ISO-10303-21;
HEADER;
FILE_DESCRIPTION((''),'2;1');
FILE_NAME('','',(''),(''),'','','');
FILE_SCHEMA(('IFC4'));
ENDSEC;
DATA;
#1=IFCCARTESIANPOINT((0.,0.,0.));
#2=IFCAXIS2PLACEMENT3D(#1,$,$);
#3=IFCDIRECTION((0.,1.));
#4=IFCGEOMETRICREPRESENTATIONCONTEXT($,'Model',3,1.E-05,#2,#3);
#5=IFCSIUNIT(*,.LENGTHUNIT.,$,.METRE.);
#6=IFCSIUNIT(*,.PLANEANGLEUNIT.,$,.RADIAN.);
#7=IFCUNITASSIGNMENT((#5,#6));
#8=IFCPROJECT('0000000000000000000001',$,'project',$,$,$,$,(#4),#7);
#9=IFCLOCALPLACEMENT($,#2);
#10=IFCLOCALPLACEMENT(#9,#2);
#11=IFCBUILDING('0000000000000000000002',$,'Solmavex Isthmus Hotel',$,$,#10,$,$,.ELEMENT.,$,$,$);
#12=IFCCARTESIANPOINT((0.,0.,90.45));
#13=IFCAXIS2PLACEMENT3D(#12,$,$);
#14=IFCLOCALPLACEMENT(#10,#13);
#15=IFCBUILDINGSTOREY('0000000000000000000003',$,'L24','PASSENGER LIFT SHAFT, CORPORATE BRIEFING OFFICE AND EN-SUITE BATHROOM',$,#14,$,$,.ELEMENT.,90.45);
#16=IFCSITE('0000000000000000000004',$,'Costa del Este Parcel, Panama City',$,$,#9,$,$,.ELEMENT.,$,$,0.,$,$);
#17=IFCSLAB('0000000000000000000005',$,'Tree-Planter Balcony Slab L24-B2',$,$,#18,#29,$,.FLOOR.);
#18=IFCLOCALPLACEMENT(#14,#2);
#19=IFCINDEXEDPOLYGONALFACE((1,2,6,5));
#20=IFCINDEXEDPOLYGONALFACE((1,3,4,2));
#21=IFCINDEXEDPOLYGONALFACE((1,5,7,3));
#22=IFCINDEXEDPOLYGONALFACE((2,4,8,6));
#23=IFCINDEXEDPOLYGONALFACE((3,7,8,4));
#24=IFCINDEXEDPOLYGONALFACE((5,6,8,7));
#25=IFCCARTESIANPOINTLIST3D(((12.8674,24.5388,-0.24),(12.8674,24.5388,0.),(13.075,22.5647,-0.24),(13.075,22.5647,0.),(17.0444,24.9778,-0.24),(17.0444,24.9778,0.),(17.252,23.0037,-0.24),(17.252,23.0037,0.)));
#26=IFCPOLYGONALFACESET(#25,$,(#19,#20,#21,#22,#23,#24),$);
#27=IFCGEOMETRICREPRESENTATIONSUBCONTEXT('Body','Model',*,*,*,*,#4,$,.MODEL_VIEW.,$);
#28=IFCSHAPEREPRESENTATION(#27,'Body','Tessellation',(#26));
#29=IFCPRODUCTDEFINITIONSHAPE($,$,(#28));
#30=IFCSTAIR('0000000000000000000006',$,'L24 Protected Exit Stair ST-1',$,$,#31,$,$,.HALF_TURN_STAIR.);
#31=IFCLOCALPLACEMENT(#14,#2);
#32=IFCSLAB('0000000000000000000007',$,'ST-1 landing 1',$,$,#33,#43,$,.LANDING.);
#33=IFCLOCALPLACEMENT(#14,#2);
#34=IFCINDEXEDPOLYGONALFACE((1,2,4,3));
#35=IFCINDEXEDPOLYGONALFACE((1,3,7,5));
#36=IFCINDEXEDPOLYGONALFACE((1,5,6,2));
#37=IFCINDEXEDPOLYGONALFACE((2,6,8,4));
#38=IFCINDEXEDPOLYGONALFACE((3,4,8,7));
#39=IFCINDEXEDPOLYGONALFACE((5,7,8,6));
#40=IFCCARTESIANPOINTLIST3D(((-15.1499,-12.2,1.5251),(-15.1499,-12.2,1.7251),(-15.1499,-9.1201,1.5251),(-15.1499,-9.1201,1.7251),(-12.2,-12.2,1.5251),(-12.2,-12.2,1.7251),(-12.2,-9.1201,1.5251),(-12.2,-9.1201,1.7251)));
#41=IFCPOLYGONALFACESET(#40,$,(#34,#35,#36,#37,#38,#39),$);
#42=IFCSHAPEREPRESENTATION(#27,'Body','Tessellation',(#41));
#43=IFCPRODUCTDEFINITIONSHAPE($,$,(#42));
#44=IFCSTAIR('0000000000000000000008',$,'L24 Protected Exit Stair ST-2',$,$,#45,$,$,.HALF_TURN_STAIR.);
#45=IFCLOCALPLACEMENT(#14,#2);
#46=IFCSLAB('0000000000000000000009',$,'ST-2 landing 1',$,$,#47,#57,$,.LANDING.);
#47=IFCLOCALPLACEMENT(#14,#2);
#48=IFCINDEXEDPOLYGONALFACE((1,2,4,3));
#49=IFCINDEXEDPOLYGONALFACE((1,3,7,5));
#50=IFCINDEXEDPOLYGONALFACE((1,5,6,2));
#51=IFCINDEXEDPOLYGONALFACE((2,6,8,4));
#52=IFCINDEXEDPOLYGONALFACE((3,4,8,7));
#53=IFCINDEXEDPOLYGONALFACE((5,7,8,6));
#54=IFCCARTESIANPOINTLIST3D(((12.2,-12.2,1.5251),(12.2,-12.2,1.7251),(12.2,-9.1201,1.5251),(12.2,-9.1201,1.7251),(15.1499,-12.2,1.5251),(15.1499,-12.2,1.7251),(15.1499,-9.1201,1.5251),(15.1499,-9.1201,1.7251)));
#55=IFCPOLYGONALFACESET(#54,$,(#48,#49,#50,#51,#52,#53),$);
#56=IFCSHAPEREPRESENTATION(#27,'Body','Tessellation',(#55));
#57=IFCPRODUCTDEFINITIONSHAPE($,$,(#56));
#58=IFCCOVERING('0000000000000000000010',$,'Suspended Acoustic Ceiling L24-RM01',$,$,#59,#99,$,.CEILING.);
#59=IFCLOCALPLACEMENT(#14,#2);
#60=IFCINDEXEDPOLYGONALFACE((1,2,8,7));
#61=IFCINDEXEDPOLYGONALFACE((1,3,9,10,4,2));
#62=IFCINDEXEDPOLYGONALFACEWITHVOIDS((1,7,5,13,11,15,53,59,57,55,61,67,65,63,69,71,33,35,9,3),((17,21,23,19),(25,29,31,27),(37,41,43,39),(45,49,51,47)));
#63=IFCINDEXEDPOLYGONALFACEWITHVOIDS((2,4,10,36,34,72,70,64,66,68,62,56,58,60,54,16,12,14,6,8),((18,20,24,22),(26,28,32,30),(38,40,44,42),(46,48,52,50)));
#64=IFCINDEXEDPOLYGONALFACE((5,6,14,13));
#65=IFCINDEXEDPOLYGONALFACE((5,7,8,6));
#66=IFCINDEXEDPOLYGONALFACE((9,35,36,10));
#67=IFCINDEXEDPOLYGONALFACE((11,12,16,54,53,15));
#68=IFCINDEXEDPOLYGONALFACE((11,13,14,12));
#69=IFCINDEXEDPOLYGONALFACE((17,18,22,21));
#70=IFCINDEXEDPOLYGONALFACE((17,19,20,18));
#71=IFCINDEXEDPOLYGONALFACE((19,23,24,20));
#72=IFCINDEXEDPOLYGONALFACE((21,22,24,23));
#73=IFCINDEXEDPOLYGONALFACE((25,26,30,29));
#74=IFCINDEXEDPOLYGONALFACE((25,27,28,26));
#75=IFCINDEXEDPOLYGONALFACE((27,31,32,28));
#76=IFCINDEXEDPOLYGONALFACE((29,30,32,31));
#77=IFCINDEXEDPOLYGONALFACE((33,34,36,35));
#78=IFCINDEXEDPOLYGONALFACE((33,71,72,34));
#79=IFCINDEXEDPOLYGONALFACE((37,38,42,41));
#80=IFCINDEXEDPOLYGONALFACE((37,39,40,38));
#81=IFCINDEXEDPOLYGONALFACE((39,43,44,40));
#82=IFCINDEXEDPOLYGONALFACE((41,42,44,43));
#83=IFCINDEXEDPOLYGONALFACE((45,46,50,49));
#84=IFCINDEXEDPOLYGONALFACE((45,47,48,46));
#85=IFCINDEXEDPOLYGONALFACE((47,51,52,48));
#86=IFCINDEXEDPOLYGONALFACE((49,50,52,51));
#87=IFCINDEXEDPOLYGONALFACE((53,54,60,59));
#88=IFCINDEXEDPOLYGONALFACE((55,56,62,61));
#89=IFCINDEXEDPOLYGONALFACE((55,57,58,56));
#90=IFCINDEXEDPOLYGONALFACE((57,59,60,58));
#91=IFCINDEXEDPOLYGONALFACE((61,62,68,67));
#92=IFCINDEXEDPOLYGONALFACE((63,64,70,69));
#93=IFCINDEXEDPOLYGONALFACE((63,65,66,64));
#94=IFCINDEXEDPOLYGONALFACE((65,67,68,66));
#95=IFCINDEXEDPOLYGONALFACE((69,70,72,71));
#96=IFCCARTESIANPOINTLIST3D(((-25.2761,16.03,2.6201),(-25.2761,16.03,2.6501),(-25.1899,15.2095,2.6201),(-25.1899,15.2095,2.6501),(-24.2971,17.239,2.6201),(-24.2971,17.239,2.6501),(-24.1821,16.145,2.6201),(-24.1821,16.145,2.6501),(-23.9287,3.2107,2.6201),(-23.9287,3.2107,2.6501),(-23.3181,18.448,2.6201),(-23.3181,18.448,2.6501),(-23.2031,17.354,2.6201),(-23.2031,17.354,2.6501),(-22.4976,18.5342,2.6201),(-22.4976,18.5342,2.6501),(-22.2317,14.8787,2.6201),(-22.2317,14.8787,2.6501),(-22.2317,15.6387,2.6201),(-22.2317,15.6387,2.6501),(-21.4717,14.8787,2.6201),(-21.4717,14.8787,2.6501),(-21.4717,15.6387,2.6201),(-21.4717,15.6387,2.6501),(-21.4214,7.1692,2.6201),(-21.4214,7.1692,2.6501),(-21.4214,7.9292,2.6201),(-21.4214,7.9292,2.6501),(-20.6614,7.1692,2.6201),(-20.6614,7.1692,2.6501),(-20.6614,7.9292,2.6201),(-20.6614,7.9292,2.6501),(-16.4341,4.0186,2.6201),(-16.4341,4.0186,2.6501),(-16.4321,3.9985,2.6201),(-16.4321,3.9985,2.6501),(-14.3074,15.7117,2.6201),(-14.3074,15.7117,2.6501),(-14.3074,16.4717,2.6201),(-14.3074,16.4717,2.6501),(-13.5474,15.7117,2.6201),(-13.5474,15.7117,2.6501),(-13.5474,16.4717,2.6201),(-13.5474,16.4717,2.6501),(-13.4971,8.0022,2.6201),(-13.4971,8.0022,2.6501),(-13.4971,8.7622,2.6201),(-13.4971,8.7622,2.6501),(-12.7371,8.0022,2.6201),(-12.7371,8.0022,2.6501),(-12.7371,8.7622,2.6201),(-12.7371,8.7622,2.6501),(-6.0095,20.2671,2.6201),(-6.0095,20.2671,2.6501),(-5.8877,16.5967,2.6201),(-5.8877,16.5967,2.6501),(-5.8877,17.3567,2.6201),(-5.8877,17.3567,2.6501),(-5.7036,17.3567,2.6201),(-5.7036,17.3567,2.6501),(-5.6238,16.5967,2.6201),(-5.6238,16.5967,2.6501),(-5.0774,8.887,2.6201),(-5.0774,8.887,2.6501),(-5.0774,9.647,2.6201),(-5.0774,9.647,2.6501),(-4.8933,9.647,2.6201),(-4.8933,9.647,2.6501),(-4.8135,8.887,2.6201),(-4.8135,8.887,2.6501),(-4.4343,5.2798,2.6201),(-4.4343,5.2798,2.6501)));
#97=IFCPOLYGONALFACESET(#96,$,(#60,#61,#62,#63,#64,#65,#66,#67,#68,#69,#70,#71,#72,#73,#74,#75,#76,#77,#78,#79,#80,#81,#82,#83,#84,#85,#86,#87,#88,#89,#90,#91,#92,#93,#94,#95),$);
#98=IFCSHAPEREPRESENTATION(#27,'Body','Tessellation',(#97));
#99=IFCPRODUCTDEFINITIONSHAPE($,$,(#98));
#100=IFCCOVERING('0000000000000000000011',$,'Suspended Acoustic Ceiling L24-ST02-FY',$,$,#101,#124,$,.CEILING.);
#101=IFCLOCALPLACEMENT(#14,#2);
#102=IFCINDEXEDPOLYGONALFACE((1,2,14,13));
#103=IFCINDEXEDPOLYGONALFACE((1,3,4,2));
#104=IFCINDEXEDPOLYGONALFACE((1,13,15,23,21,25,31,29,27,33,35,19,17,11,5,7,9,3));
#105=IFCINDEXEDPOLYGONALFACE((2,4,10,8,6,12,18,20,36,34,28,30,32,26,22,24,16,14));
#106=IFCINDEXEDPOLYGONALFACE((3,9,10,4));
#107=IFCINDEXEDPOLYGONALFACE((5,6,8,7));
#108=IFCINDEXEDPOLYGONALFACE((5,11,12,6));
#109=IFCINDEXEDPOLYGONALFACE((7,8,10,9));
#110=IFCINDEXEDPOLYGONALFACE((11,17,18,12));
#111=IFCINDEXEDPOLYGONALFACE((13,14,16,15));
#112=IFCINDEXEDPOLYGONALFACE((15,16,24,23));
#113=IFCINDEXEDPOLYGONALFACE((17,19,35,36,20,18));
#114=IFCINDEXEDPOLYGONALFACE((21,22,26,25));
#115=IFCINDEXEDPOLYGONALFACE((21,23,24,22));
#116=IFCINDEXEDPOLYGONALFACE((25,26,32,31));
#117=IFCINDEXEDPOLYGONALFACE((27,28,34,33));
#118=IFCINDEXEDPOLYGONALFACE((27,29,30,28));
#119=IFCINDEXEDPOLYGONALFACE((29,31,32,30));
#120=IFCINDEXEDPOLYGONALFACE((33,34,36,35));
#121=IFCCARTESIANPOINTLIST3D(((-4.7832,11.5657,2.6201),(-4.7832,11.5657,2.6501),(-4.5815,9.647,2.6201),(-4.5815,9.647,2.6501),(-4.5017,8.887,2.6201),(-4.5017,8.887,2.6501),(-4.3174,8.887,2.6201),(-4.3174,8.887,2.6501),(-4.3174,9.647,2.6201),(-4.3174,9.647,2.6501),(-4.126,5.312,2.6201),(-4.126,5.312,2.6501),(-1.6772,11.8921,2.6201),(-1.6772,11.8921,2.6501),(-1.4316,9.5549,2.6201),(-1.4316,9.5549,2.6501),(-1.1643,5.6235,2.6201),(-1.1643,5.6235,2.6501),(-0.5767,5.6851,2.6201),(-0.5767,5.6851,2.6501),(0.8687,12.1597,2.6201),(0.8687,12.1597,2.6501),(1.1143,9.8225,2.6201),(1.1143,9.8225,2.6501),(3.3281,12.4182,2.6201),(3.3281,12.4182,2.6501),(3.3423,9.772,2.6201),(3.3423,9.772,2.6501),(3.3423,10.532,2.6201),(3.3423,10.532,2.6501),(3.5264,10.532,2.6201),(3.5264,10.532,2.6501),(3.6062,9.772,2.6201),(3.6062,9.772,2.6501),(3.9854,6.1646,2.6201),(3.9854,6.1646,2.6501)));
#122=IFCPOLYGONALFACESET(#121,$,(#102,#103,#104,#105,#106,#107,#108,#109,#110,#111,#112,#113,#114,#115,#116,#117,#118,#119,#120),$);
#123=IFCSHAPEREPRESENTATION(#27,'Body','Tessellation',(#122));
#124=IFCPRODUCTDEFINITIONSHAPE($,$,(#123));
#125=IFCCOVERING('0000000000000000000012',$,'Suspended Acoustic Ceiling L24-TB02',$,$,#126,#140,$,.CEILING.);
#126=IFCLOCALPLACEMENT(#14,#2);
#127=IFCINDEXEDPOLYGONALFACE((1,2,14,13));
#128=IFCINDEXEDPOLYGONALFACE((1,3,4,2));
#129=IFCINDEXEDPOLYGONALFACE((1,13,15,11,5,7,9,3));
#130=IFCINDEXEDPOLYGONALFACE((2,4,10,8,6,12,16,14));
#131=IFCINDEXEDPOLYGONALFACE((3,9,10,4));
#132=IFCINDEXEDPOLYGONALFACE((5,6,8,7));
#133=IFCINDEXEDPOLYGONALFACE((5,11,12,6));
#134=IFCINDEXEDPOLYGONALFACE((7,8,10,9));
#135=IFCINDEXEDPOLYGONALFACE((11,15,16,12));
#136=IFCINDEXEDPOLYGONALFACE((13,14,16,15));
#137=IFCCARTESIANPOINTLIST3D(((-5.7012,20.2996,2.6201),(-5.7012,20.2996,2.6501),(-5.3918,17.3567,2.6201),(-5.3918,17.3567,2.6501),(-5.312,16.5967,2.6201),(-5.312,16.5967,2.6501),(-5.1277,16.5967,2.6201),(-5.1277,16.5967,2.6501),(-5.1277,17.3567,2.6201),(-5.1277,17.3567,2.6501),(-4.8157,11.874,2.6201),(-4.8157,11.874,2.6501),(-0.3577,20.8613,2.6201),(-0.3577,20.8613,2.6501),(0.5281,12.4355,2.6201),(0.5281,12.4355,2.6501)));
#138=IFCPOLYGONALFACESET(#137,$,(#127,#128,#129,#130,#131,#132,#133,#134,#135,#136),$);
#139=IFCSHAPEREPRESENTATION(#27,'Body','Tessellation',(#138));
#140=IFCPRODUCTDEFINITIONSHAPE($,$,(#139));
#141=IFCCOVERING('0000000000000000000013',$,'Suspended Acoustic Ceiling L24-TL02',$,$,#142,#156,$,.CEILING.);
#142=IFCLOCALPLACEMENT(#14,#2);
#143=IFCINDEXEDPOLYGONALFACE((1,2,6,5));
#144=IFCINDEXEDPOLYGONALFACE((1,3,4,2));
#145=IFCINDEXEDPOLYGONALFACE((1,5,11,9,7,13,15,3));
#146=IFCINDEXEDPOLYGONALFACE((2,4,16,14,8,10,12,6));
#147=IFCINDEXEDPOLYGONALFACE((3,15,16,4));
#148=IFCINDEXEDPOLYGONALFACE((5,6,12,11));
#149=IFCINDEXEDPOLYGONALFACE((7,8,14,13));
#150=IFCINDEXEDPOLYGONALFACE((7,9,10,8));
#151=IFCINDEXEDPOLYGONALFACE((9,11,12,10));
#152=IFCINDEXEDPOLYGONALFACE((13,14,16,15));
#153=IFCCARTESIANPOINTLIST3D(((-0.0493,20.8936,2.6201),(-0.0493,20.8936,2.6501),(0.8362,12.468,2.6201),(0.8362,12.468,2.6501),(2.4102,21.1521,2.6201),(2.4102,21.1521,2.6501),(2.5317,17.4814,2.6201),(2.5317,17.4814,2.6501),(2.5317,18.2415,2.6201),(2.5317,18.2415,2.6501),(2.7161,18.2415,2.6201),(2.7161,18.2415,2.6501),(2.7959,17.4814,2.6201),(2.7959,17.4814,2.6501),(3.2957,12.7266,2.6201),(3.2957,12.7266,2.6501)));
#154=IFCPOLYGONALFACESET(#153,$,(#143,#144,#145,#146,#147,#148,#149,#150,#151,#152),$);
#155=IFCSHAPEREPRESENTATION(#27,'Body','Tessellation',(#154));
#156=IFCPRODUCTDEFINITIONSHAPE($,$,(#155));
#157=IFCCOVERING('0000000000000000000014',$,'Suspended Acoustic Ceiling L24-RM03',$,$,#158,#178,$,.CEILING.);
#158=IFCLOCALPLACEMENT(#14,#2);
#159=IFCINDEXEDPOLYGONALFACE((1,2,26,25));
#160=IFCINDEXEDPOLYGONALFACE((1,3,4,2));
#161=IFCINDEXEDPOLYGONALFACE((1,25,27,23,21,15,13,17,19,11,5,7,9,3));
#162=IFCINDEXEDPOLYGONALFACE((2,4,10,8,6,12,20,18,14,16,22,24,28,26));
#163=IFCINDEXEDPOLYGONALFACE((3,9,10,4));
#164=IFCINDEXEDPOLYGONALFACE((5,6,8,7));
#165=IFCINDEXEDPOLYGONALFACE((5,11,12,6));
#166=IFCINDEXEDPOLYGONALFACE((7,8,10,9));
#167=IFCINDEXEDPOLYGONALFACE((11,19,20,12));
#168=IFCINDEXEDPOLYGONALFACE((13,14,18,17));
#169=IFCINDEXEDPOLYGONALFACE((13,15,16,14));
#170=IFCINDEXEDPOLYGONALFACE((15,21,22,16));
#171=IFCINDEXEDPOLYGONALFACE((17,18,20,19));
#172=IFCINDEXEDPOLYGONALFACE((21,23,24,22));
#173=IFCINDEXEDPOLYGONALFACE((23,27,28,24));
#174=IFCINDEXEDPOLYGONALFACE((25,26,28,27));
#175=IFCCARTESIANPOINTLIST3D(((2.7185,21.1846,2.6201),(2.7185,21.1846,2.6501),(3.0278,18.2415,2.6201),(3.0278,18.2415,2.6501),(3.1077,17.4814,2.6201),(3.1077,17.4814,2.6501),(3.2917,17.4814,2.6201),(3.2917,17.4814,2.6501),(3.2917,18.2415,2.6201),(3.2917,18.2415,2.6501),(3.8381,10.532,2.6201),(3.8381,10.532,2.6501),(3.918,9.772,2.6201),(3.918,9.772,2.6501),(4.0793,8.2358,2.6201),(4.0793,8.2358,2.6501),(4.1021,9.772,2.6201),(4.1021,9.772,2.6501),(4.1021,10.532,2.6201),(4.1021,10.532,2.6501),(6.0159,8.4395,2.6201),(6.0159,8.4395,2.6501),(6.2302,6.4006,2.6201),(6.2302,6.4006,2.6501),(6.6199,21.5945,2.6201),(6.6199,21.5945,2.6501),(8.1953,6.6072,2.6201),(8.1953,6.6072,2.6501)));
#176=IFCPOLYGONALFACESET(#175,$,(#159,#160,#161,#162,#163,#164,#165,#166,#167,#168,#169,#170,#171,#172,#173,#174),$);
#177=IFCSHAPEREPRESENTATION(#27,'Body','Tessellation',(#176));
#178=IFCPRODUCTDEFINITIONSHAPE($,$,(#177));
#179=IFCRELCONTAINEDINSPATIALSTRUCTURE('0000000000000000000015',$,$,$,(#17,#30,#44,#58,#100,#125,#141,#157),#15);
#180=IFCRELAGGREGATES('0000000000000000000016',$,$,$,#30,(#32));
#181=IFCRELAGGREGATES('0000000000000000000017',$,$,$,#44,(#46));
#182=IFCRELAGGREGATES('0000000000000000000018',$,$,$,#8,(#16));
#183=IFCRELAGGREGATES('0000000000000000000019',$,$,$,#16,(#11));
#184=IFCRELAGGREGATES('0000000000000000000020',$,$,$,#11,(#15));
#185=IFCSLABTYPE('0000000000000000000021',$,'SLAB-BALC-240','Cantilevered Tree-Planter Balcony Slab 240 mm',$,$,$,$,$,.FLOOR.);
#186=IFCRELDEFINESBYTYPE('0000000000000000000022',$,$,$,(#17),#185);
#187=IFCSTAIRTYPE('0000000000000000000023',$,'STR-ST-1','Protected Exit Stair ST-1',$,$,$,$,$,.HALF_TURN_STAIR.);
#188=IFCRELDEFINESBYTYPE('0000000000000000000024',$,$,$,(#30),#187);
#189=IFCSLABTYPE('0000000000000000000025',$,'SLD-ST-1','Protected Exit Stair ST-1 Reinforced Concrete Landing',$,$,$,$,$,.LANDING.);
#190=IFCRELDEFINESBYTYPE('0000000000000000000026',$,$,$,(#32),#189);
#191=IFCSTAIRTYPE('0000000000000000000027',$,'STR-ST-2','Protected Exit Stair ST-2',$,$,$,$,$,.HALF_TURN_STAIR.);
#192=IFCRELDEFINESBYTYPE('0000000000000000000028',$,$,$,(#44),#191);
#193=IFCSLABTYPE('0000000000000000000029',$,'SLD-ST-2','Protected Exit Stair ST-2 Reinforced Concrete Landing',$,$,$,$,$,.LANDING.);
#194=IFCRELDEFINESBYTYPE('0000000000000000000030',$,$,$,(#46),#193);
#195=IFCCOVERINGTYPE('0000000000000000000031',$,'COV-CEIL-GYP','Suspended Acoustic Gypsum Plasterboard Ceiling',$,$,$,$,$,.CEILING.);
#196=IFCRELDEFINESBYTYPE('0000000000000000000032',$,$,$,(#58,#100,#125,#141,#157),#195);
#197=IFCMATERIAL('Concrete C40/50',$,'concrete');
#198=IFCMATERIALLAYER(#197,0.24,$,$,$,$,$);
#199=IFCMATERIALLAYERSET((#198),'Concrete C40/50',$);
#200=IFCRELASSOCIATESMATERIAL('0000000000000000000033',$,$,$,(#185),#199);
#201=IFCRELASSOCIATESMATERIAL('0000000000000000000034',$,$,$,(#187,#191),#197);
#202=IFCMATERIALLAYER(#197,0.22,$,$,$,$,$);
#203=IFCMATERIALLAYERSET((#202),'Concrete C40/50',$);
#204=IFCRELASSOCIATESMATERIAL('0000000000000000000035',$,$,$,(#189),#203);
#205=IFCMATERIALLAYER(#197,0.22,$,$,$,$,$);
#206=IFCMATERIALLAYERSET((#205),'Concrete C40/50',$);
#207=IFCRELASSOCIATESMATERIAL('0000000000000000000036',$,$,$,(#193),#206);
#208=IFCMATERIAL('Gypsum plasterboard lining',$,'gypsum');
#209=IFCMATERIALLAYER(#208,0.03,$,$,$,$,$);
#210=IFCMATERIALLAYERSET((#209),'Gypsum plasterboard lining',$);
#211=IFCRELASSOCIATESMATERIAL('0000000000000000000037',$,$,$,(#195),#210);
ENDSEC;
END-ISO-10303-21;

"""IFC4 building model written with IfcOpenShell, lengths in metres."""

from ifc_helpers import new_model, si_unit, direction, frame, origin, place, context, subcontext, project, spatial, polyline, outline, extrude, material, layer, layer_set, type_object, element, aggregate, save


model = new_model("IFC4")

# Units and contexts
model_context = context("Model", 3, precision=1e-05, world=origin(), true_north=direction((0.0, 1.0)))
body_context = subcontext(model_context, "Body", "Model", "MODEL_VIEW")
ifc_project = project(units=[si_unit("LENGTHUNIT", "METRE"), si_unit("PLANEANGLEUNIT", "RADIAN")], contexts=[model_context])

# Site, building, storey
site_placement = place(None, origin())
site = spatial("IfcSite", under=ifc_project, at=site_placement, Name="Costa del Este Parcel, Panama City", CompositionType="ELEMENT", RefElevation=0.0)
building_placement = place(site_placement, origin())
building = spatial("IfcBuilding", under=site, at=building_placement, Name="Solmavex Isthmus Hotel", CompositionType="ELEMENT")
storey_placement = place(building_placement, frame((0.0, 0.0, 90.45)))
storey = spatial("IfcBuildingStorey", under=building, at=storey_placement, Name="L24", Description="PASSENGER LIFT SHAFT, CORPORATE BRIEFING OFFICE AND EN-SUITE BATHROOM", CompositionType="ELEMENT", Elevation=90.45)

# Slab
ifc_material_1 = material(Name="Concrete C40/50", Category="concrete")
ifc_layer_1 = layer(ifc_material_1, 0.24)
ifc_layer_set_1 = layer_set([ifc_layer_1], Name="Concrete C40/50")
slab_type_1 = type_object("IfcSlabType", Name="SLAB-BALC-240", Description="Cantilevered Tree-Planter Balcony Slab 240 mm", PredefinedType="FLOOR", material=ifc_layer_set_1)
slab_1_placement = place(storey_placement, frame((0.0, 0.0, -0.24)))
element("IfcSlab", 1, at=slab_1_placement, inside=storey, type_object=slab_type_1, Name="Tree-Planter Balcony Slab L24-B2", PredefinedType="FLOOR", context=body_context, shape_type="SweptSolid", body=[
    extrude(outline(polyline([(13.075, 22.5647), (17.252, 23.0037), (17.0444, 24.9778), (12.8674, 24.5388), (13.075, 22.5647)])), origin(), (0.0, 0.0, 1.0), 0.24),
])

# Stairs, slabs
stair_type_1 = type_object("IfcStairType", Name="STR-ST-1", Description="Protected Exit Stair ST-1", PredefinedType="HALF_TURN_STAIR", material=ifc_material_1)
stair_1_placement = place(storey_placement, origin())
stair_1 = element("IfcStair", 2, at=stair_1_placement, inside=storey, type_object=stair_type_1, Name="L24 Protected Exit Stair ST-1", PredefinedType="HALF_TURN_STAIR")
ifc_layer_2 = layer(ifc_material_1, 0.22)
ifc_layer_set_2 = layer_set([ifc_layer_2], Name="Concrete C40/50")
slab_type_2 = type_object("IfcSlabType", Name="SLD-ST-1", Description="Protected Exit Stair ST-1 Reinforced Concrete Landing", PredefinedType="LANDING", material=ifc_layer_set_2)
slab_2_placement = place(storey_placement, frame((0.0, 0.0, 1.5251)))
slab_2 = element("IfcSlab", 3, at=slab_2_placement, type_object=slab_type_2, Name="ST-1 landing 1", PredefinedType="LANDING", context=body_context, shape_type="SweptSolid", body=[
    extrude(outline(polyline([(-15.1499, -9.1201), (-15.1499, -12.2), (-12.2, -12.2), (-12.2, -9.1201), (-15.1499, -9.1201)])), origin(), (0.0, 0.0, 1.0), 0.2),
])
aggregate(stair_1, [slab_2])
stair_type_2 = type_object("IfcStairType", Name="STR-ST-2", Description="Protected Exit Stair ST-2", PredefinedType="HALF_TURN_STAIR", material=ifc_material_1)
stair_2_placement = place(storey_placement, origin())
stair_2 = element("IfcStair", 4, at=stair_2_placement, inside=storey, type_object=stair_type_2, Name="L24 Protected Exit Stair ST-2", PredefinedType="HALF_TURN_STAIR")
ifc_layer_3 = layer(ifc_material_1, 0.22)
ifc_layer_set_3 = layer_set([ifc_layer_3], Name="Concrete C40/50")
slab_type_3 = type_object("IfcSlabType", Name="SLD-ST-2", Description="Protected Exit Stair ST-2 Reinforced Concrete Landing", PredefinedType="LANDING", material=ifc_layer_set_3)
slab_3_placement = place(storey_placement, frame((0.0, 0.0, 1.5251)))
slab_3 = element("IfcSlab", 5, at=slab_3_placement, type_object=slab_type_3, Name="ST-2 landing 1", PredefinedType="LANDING", context=body_context, shape_type="SweptSolid", body=[
    extrude(outline(polyline([(12.2, -9.1201), (12.2, -12.2), (15.1499, -12.2), (15.1499, -9.1201), (12.2, -9.1201)])), origin(), (0.0, 0.0, 1.0), 0.2),
])
aggregate(stair_2, [slab_3])

# Coverings
ifc_material_2 = material(Name="Gypsum plasterboard lining", Category="gypsum")
ifc_layer_4 = layer(ifc_material_2, 0.03)
ifc_layer_set_4 = layer_set([ifc_layer_4], Name="Gypsum plasterboard lining")
covering_type_1 = type_object("IfcCoveringType", Name="COV-CEIL-GYP", Description="Suspended Acoustic Gypsum Plasterboard Ceiling", PredefinedType="CEILING", material=ifc_layer_set_4)
covering_1_placement = place(storey_placement, frame((0.0, 0.0, 2.6201)))
element("IfcCovering", 6, at=covering_1_placement, inside=storey, type_object=covering_type_1, Name="Suspended Acoustic Ceiling L24-RM01", PredefinedType="CEILING", context=body_context, shape_type="SweptSolid", body=[
    extrude(outline(polyline([(-16.4321, 3.9985), (-16.4341, 4.0186), (-4.4343, 5.2798), (-4.8135, 8.887), (-5.0774, 8.887), (-5.0774, 9.647), (-4.8933, 9.647), (-5.6238, 16.5967), (-5.8877, 16.5967), (-5.8877, 17.3567), (-5.7036, 17.3567), (-6.0095, 20.2671), (-22.4976, 18.5342), (-23.3181, 18.448), (-23.2031, 17.354), (-24.2971, 17.239), (-24.1821, 16.145), (-25.2761, 16.03), (-25.1899, 15.2095), (-23.9287, 3.2107), (-16.4321, 3.9985)]), holes=[polyline([(-13.4971, 8.0022), (-13.4971, 8.7622), (-12.7371, 8.7622), (-12.7371, 8.0022), (-13.4971, 8.0022)]), polyline([(-14.3074, 16.4717), (-13.5474, 16.4717), (-13.5474, 15.7117), (-14.3074, 15.7117), (-14.3074, 16.4717)]), polyline([(-21.4214, 7.1692), (-21.4214, 7.9292), (-20.6614, 7.9292), (-20.6614, 7.1692), (-21.4214, 7.1692)]), polyline([(-22.2317, 14.8787), (-22.2317, 15.6387), (-21.4717, 15.6387), (-21.4717, 14.8787), (-22.2317, 14.8787)])]), origin(), (0.0, 0.0, 1.0), 0.03),
])
covering_2_placement = place(storey_placement, frame((0.0, 0.0, 2.6201)))
element("IfcCovering", 7, at=covering_2_placement, inside=storey, type_object=covering_type_1, Name="Suspended Acoustic Ceiling L24-ST02-FY", PredefinedType="CEILING", context=body_context, shape_type="SweptSolid", body=[
    extrude(outline(polyline([(-4.5815, 9.647), (-4.3174, 9.647), (-4.3174, 8.887), (-4.5017, 8.887), (-4.126, 5.312), (-1.1643, 5.6235), (-0.5767, 5.6851), (3.9854, 6.1646), (3.6062, 9.772), (3.3423, 9.772), (3.3423, 10.532), (3.5264, 10.532), (3.3281, 12.4182), (0.8687, 12.1597), (1.1143, 9.8225), (-1.4316, 9.5549), (-1.6772, 11.8921), (-4.7832, 11.5657), (-4.5815, 9.647)])), origin(), (0.0, 0.0, 1.0), 0.03),
])
covering_3_placement = place(storey_placement, frame((0.0, 0.0, 2.6201)))
element("IfcCovering", 8, at=covering_3_placement, inside=storey, type_object=covering_type_1, Name="Suspended Acoustic Ceiling L24-TB02", PredefinedType="CEILING", context=body_context, shape_type="SweptSolid", body=[
    extrude(outline(polyline([(-5.3918, 17.3567), (-5.1277, 17.3567), (-5.1277, 16.5967), (-5.312, 16.5967), (-4.8157, 11.874), (0.5281, 12.4355), (-0.3577, 20.8613), (-5.7012, 20.2996), (-5.3918, 17.3567)])), origin(), (0.0, 0.0, 1.0), 0.03),
])
covering_4_placement = place(storey_placement, frame((0.0, 0.0, 2.6201)))
element("IfcCovering", 9, at=covering_4_placement, inside=storey, type_object=covering_type_1, Name="Suspended Acoustic Ceiling L24-TL02", PredefinedType="CEILING", context=body_context, shape_type="SweptSolid", body=[
    extrude(outline(polyline([(2.7959, 17.4814), (2.5317, 17.4814), (2.5317, 18.2415), (2.7161, 18.2415), (2.4102, 21.1521), (-0.0493, 20.8936), (0.8362, 12.468), (3.2957, 12.7266), (2.7959, 17.4814)])), origin(), (0.0, 0.0, 1.0), 0.03),
])
covering_5_placement = place(storey_placement, frame((0.0, 0.0, 2.6201)))
element("IfcCovering", 10, at=covering_5_placement, inside=storey, type_object=covering_type_1, Name="Suspended Acoustic Ceiling L24-RM03", PredefinedType="CEILING", context=body_context, shape_type="SweptSolid", body=[
    extrude(outline(polyline([(3.8381, 10.532), (4.1021, 10.532), (4.1021, 9.772), (3.918, 9.772), (4.0793, 8.2358), (6.0159, 8.4395), (6.2302, 6.4006), (8.1953, 6.6072), (6.6199, 21.5945), (2.7185, 21.1846), (3.0278, 18.2415), (3.2917, 18.2415), (3.2917, 17.4814), (3.1077, 17.4814), (3.8381, 10.532)])), origin(), (0.0, 0.0, 1.0), 0.03),
])

save(model, "model.ifc")
